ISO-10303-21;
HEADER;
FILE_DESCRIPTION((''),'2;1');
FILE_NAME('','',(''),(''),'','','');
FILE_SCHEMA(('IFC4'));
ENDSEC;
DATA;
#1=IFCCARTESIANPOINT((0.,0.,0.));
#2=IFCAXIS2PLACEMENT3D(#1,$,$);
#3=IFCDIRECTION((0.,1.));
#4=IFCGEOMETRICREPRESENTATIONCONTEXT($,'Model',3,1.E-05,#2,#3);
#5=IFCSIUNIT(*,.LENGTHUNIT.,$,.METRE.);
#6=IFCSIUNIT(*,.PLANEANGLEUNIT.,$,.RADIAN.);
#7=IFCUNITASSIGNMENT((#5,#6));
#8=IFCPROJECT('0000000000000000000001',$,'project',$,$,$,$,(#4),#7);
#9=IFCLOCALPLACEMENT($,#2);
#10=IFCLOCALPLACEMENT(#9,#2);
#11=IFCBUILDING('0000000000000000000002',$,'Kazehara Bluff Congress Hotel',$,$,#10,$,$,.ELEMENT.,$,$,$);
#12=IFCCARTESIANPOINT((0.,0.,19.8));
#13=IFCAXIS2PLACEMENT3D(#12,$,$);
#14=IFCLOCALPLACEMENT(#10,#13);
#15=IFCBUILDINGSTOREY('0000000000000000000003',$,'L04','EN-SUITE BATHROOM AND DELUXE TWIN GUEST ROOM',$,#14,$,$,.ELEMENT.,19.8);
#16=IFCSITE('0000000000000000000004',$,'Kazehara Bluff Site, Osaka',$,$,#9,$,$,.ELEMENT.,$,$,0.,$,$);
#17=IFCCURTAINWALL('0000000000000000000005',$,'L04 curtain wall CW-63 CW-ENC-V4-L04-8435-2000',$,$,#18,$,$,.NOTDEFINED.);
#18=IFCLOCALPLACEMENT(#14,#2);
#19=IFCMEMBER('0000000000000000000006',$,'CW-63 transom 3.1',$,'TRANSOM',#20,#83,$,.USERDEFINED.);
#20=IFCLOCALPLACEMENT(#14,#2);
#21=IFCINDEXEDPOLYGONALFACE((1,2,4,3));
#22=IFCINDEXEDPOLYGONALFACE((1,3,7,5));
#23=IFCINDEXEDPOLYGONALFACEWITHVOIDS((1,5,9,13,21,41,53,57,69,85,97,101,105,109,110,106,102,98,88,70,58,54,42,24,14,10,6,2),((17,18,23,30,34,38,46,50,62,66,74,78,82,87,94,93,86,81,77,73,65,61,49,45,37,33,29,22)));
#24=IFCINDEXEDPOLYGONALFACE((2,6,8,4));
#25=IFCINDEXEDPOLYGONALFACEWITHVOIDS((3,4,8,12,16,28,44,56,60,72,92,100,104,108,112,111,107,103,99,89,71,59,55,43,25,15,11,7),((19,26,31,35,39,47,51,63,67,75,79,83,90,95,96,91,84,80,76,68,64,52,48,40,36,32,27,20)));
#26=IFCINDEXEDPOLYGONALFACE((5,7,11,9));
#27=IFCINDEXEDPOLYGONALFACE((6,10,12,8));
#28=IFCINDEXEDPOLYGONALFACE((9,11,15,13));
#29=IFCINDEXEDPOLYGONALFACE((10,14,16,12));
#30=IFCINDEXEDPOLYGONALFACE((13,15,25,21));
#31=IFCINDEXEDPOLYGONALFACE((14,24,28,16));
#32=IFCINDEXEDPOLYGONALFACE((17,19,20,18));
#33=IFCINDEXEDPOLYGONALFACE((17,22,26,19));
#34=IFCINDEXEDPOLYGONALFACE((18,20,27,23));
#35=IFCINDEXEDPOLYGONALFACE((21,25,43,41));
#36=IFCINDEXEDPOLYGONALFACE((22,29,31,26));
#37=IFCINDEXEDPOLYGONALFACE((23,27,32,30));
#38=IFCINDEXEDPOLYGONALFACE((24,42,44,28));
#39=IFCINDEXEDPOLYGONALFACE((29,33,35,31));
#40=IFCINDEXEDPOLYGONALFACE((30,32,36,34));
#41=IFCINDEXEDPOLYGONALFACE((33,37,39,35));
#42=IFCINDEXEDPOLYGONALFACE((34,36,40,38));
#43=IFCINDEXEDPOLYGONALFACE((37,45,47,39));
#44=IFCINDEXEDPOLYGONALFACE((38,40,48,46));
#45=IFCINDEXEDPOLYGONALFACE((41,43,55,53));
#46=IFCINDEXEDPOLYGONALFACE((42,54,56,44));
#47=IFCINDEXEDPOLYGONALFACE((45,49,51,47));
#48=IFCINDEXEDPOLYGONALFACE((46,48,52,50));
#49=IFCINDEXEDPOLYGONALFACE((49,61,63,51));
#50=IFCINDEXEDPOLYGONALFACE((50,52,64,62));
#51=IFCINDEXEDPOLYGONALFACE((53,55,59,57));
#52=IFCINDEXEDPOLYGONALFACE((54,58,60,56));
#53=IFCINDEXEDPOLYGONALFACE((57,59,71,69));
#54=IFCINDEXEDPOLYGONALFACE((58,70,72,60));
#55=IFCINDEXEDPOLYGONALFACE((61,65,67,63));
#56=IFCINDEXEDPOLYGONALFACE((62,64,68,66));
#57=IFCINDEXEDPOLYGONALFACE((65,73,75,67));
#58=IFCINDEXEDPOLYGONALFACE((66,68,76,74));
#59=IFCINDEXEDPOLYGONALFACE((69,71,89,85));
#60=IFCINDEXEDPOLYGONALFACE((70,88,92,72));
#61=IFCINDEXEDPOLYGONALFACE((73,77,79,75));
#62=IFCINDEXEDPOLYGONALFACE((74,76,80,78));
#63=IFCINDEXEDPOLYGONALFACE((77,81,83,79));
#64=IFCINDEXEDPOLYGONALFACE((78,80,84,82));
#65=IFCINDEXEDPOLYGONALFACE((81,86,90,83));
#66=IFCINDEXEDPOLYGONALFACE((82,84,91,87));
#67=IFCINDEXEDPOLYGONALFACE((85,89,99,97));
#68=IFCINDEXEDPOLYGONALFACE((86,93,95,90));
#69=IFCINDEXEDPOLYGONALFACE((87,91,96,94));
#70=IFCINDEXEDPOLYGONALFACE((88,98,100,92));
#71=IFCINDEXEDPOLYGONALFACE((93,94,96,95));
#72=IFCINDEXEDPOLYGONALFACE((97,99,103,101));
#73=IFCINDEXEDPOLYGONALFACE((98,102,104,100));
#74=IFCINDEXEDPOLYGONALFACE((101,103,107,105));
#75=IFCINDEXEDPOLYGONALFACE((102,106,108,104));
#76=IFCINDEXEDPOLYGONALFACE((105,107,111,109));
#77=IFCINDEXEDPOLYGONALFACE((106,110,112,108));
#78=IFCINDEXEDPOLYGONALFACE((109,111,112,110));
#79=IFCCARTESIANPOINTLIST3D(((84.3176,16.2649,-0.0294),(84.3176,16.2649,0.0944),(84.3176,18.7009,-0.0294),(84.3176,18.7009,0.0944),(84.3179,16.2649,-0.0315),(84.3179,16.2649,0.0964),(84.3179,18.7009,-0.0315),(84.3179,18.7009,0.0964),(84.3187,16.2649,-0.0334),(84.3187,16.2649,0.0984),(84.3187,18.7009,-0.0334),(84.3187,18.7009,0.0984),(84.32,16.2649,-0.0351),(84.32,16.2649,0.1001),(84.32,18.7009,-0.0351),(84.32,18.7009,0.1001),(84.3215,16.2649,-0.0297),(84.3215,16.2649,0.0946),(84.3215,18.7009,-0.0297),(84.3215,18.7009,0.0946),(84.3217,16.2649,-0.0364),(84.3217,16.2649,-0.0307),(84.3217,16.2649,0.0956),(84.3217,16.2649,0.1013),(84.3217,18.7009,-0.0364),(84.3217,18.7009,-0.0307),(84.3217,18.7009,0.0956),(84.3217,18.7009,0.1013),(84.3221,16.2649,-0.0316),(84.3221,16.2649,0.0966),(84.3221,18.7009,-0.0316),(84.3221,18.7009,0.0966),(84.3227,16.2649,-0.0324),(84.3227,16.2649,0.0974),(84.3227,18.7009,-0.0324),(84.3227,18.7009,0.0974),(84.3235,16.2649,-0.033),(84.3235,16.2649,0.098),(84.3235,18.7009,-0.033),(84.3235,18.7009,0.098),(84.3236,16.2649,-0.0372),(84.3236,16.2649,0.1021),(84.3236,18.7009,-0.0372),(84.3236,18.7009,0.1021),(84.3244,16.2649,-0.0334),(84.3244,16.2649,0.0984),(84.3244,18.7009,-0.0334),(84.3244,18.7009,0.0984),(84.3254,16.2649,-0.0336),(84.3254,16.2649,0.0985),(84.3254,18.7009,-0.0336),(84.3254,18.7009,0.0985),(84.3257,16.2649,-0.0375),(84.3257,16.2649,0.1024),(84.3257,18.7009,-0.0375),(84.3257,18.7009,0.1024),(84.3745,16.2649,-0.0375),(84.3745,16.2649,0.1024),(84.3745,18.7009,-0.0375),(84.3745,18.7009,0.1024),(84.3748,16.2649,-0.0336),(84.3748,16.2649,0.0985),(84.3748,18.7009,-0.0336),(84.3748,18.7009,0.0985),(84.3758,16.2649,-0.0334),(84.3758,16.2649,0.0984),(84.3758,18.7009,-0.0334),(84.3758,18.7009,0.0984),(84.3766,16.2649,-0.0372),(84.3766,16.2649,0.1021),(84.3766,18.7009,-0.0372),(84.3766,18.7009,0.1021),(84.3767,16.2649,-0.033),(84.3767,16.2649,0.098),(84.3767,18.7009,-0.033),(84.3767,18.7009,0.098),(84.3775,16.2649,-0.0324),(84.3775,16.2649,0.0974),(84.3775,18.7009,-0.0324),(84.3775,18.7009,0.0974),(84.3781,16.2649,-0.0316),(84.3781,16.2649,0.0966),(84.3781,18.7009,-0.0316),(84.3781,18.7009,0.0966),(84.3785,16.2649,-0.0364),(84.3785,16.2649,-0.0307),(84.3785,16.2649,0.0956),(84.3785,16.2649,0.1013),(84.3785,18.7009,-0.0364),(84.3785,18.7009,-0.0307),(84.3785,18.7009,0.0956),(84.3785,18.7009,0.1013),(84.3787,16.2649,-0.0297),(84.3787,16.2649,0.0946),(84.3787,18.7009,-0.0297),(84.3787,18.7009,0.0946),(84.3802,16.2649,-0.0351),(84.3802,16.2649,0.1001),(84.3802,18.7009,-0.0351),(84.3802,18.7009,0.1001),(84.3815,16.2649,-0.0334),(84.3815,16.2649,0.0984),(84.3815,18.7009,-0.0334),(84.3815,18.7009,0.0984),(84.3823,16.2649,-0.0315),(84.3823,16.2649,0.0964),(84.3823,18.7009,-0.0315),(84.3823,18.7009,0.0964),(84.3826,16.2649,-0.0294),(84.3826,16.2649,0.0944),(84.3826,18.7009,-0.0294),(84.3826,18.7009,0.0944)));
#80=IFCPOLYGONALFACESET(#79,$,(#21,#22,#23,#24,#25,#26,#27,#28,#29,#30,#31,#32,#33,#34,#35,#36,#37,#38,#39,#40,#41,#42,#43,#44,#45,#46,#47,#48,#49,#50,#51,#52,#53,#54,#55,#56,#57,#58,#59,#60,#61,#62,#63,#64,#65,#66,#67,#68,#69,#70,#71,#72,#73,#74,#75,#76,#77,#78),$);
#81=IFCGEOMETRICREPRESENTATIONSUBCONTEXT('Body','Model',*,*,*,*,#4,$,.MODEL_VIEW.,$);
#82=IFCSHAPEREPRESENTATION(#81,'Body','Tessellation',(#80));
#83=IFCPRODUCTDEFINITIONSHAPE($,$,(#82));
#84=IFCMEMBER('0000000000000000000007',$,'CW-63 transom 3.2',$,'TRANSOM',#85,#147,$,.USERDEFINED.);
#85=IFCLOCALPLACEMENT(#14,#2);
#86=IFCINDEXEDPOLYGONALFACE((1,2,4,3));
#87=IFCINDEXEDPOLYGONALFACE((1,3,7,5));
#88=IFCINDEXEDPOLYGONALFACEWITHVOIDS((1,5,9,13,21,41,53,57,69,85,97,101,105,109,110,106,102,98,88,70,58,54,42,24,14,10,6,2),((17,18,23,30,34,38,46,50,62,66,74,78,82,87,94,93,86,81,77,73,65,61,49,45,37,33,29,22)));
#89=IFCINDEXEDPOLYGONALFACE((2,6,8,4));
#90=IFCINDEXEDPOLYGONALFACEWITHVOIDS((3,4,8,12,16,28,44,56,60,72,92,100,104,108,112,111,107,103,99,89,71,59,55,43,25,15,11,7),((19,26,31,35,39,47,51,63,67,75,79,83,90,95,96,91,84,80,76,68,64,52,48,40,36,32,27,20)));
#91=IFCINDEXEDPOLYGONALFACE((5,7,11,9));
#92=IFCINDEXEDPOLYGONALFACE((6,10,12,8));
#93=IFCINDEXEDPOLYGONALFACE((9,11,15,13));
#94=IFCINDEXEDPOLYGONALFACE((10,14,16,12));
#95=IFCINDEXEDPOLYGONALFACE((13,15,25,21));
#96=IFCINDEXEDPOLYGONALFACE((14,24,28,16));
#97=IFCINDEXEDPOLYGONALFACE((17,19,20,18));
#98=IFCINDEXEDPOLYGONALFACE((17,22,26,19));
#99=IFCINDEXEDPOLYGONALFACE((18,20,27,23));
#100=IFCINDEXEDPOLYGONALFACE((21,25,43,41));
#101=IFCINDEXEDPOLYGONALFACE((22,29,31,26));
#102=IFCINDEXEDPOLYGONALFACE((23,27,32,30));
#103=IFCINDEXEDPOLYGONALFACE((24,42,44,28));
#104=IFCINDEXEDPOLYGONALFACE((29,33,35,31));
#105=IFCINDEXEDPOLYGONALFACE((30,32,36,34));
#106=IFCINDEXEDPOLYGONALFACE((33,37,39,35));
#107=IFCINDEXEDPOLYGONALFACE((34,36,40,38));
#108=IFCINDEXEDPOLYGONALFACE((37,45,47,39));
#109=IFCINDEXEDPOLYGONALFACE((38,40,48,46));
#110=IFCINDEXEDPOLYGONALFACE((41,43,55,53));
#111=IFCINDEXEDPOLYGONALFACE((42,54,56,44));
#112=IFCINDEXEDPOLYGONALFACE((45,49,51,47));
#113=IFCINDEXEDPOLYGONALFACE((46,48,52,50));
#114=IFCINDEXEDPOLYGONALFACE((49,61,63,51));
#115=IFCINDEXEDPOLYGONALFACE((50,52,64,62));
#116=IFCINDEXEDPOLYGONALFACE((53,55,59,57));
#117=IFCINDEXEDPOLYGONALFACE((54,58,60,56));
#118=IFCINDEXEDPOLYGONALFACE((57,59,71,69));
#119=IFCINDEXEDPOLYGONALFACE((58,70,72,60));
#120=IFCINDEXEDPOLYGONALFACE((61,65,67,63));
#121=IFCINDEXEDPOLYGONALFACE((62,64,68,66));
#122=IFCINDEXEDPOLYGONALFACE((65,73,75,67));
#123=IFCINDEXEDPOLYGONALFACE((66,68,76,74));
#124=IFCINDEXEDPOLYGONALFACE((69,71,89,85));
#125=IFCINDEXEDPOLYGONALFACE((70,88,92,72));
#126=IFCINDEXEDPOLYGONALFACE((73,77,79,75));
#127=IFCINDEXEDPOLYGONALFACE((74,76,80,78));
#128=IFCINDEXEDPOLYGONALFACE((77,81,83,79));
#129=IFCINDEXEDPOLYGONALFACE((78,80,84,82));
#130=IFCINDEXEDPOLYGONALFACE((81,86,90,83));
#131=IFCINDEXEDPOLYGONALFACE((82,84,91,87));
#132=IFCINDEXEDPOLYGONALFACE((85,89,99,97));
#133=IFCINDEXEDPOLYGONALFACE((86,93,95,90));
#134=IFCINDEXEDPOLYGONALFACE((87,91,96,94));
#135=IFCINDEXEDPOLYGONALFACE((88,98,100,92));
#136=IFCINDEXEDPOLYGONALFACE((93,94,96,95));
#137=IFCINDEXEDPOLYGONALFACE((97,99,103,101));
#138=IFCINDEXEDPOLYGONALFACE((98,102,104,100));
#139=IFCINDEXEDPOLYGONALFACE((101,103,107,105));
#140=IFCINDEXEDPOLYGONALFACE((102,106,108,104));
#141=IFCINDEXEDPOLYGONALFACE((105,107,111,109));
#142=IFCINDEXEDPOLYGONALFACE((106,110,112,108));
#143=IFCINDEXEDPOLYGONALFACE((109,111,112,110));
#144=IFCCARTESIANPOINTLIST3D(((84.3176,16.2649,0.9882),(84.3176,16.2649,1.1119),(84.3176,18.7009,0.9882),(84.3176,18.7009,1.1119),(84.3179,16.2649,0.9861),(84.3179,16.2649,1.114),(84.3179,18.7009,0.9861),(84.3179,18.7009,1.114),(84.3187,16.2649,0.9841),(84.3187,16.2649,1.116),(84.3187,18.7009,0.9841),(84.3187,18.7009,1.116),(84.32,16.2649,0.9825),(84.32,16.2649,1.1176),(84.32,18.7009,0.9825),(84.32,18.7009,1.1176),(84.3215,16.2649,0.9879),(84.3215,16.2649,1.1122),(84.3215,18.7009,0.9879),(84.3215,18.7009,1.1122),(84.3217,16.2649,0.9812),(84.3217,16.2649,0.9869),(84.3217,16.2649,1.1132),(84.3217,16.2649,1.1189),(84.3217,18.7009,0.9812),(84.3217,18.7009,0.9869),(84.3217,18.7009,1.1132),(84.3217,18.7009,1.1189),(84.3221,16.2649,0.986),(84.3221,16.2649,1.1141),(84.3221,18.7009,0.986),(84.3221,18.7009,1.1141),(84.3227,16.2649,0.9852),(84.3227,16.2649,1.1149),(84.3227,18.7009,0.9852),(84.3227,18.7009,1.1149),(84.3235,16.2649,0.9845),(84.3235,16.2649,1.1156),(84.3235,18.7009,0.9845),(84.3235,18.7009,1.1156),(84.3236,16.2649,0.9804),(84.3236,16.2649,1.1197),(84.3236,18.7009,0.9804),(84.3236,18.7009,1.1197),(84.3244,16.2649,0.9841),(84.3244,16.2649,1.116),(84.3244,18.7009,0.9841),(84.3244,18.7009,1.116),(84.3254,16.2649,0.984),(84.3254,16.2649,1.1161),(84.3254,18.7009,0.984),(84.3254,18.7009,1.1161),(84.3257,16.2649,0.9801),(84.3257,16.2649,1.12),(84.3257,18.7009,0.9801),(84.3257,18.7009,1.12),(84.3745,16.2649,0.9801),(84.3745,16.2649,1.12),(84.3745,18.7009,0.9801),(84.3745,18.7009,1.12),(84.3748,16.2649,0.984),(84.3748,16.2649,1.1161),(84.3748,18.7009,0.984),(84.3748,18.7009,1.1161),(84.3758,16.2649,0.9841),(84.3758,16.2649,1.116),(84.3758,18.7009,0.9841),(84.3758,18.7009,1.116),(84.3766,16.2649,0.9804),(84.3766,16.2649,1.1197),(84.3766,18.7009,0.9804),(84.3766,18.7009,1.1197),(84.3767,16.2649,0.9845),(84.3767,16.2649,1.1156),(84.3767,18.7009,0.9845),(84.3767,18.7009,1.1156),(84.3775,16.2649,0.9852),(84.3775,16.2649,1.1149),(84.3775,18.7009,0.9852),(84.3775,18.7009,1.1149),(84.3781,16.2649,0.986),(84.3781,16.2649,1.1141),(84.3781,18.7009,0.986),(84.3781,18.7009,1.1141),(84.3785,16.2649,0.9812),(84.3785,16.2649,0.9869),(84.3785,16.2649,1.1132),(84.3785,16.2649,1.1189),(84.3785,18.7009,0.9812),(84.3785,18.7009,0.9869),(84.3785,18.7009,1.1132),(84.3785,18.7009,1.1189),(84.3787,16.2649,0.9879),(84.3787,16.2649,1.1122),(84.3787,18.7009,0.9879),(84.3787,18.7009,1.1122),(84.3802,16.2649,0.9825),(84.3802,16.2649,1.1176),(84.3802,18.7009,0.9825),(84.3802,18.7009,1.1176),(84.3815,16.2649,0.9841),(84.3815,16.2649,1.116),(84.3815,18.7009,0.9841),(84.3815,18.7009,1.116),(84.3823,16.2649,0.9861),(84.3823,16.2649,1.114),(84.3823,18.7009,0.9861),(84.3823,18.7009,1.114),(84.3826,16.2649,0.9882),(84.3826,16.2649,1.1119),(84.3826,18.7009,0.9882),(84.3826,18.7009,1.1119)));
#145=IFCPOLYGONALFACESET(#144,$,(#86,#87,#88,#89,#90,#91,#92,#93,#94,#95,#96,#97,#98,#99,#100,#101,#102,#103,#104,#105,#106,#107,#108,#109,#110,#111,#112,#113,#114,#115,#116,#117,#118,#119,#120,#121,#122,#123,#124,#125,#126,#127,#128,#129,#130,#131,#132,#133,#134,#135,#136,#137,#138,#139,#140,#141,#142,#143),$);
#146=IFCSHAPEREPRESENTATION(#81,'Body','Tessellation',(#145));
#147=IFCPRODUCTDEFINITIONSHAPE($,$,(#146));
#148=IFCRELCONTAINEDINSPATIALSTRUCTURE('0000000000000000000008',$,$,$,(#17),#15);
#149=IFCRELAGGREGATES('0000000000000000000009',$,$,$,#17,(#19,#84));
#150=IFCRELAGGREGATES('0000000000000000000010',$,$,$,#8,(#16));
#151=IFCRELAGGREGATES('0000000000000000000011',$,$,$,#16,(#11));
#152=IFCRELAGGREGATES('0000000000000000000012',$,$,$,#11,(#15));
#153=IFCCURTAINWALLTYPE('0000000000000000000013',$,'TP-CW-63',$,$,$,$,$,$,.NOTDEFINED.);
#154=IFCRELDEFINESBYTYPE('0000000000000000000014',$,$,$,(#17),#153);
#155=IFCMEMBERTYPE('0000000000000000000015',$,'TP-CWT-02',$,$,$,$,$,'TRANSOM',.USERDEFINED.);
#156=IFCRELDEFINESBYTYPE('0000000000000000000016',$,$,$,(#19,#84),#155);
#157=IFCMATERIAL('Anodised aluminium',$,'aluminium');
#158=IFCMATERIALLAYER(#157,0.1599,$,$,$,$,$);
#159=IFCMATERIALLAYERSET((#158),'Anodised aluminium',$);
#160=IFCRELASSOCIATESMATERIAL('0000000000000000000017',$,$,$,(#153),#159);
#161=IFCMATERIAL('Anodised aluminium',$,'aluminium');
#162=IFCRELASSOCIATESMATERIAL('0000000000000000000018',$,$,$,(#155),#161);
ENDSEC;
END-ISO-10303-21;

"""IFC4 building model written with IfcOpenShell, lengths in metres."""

from ifc_helpers import new_model, si_unit, direction, frame, origin, origin_2d, place, context, subcontext, project, spatial, hollow_rectangle, extrude, material, layer, layer_set, material_profile, profile_set, type_object, element, aggregate, save


model = new_model("IFC4")

# Units and contexts
model_context = context("Model", 3, precision=1e-05, world=origin(), true_north=direction((0.0, 1.0)))
body_context = subcontext(model_context, "Body", "Model", "MODEL_VIEW")
ifc_project = project(units=[si_unit("LENGTHUNIT", "METRE"), si_unit("PLANEANGLEUNIT", "RADIAN")], contexts=[model_context])

# Site, building, storey
site_placement = place(None, origin())
site = spatial("IfcSite", under=ifc_project, at=site_placement, Name="Kazehara Bluff Site, Osaka", CompositionType="ELEMENT", RefElevation=0.0)
building_placement = place(site_placement, origin())
building = spatial("IfcBuilding", under=site, at=building_placement, Name="Kazehara Bluff Congress Hotel", CompositionType="ELEMENT")
storey_placement = place(building_placement, frame((0.0, 0.0, 19.8)))
storey = spatial("IfcBuildingStorey", under=building, at=storey_placement, Name="L04", Description="EN-SUITE BATHROOM AND DELUXE TWIN GUEST ROOM", CompositionType="ELEMENT", Elevation=19.8)

# Curtain wall
ifc_material_1 = material(Name="Anodised aluminium", Category="aluminium")
ifc_layer_1 = layer(ifc_material_1, 0.1599)
ifc_layer_set_1 = layer_set([ifc_layer_1], Name="Anodised aluminium")
curtain_wall_type_1 = type_object("IfcCurtainWallType", Name="TP-CW-63", PredefinedType="NOTDEFINED", material=ifc_layer_set_1)
curtain_wall_1_placement = place(storey_placement, origin())
curtain_wall_1 = element("IfcCurtainWall", 1, at=curtain_wall_1_placement, inside=storey, type_object=curtain_wall_type_1, Name="L04 curtain wall CW-63 CW-ENC-V4-L04-8435-2000", PredefinedType="NOTDEFINED")

# Members
ifc_material_2 = material(Name="Anodised aluminium", Category="aluminium")
ifc_material_profile_1 = material_profile(ifc_material_2, hollow_rectangle(XDim=0.0649, YDim=0.1399, WallThickness=0.0039, InnerFilletRadius=0.0039, OuterFilletRadius=0.0081, at=origin_2d()))
ifc_profile_set_1 = profile_set([ifc_material_profile_1], Name="Anodised aluminium")
member_type_1 = type_object("IfcMemberType", Name="TP-CWT-02", ElementType="TRANSOM", PredefinedType="USERDEFINED", material=ifc_profile_set_1)
member_1_placement = place(storey_placement, frame((84.3501, 18.7009, 0.0325), z_axis=(0.0, -1.0, 0.0), x_axis=(1.0, 0.0, 0.0)))
member_1 = element("IfcMember", 2, at=member_1_placement, type_object=member_type_1, Name="CW-63 transom 3.1", ObjectType="TRANSOM", PredefinedType="USERDEFINED", context=body_context, shape_type="SweptSolid", body=[
    extrude(hollow_rectangle(XDim=0.0649, YDim=0.1399, WallThickness=0.0039, InnerFilletRadius=0.0039, OuterFilletRadius=0.0081, at=origin_2d()), origin(), (0.0, 0.0, 1.0), 2.436),
])
member_2_placement = place(storey_placement, frame((84.3501, 18.7009, 1.05), z_axis=(0.0, -1.0, 0.0), x_axis=(1.0, 0.0, 0.0)))
member_2 = element("IfcMember", 3, at=member_2_placement, type_object=member_type_1, Name="CW-63 transom 3.2", ObjectType="TRANSOM", PredefinedType="USERDEFINED", context=body_context, shape_type="SweptSolid", body=[
    extrude(hollow_rectangle(XDim=0.0649, YDim=0.1399, WallThickness=0.0039, InnerFilletRadius=0.0039, OuterFilletRadius=0.0081, at=origin_2d()), origin(), (0.0, 0.0, 1.0), 2.436),
])

aggregate(curtain_wall_1, [member_1, member_2])

save(model, "model.ifc")
